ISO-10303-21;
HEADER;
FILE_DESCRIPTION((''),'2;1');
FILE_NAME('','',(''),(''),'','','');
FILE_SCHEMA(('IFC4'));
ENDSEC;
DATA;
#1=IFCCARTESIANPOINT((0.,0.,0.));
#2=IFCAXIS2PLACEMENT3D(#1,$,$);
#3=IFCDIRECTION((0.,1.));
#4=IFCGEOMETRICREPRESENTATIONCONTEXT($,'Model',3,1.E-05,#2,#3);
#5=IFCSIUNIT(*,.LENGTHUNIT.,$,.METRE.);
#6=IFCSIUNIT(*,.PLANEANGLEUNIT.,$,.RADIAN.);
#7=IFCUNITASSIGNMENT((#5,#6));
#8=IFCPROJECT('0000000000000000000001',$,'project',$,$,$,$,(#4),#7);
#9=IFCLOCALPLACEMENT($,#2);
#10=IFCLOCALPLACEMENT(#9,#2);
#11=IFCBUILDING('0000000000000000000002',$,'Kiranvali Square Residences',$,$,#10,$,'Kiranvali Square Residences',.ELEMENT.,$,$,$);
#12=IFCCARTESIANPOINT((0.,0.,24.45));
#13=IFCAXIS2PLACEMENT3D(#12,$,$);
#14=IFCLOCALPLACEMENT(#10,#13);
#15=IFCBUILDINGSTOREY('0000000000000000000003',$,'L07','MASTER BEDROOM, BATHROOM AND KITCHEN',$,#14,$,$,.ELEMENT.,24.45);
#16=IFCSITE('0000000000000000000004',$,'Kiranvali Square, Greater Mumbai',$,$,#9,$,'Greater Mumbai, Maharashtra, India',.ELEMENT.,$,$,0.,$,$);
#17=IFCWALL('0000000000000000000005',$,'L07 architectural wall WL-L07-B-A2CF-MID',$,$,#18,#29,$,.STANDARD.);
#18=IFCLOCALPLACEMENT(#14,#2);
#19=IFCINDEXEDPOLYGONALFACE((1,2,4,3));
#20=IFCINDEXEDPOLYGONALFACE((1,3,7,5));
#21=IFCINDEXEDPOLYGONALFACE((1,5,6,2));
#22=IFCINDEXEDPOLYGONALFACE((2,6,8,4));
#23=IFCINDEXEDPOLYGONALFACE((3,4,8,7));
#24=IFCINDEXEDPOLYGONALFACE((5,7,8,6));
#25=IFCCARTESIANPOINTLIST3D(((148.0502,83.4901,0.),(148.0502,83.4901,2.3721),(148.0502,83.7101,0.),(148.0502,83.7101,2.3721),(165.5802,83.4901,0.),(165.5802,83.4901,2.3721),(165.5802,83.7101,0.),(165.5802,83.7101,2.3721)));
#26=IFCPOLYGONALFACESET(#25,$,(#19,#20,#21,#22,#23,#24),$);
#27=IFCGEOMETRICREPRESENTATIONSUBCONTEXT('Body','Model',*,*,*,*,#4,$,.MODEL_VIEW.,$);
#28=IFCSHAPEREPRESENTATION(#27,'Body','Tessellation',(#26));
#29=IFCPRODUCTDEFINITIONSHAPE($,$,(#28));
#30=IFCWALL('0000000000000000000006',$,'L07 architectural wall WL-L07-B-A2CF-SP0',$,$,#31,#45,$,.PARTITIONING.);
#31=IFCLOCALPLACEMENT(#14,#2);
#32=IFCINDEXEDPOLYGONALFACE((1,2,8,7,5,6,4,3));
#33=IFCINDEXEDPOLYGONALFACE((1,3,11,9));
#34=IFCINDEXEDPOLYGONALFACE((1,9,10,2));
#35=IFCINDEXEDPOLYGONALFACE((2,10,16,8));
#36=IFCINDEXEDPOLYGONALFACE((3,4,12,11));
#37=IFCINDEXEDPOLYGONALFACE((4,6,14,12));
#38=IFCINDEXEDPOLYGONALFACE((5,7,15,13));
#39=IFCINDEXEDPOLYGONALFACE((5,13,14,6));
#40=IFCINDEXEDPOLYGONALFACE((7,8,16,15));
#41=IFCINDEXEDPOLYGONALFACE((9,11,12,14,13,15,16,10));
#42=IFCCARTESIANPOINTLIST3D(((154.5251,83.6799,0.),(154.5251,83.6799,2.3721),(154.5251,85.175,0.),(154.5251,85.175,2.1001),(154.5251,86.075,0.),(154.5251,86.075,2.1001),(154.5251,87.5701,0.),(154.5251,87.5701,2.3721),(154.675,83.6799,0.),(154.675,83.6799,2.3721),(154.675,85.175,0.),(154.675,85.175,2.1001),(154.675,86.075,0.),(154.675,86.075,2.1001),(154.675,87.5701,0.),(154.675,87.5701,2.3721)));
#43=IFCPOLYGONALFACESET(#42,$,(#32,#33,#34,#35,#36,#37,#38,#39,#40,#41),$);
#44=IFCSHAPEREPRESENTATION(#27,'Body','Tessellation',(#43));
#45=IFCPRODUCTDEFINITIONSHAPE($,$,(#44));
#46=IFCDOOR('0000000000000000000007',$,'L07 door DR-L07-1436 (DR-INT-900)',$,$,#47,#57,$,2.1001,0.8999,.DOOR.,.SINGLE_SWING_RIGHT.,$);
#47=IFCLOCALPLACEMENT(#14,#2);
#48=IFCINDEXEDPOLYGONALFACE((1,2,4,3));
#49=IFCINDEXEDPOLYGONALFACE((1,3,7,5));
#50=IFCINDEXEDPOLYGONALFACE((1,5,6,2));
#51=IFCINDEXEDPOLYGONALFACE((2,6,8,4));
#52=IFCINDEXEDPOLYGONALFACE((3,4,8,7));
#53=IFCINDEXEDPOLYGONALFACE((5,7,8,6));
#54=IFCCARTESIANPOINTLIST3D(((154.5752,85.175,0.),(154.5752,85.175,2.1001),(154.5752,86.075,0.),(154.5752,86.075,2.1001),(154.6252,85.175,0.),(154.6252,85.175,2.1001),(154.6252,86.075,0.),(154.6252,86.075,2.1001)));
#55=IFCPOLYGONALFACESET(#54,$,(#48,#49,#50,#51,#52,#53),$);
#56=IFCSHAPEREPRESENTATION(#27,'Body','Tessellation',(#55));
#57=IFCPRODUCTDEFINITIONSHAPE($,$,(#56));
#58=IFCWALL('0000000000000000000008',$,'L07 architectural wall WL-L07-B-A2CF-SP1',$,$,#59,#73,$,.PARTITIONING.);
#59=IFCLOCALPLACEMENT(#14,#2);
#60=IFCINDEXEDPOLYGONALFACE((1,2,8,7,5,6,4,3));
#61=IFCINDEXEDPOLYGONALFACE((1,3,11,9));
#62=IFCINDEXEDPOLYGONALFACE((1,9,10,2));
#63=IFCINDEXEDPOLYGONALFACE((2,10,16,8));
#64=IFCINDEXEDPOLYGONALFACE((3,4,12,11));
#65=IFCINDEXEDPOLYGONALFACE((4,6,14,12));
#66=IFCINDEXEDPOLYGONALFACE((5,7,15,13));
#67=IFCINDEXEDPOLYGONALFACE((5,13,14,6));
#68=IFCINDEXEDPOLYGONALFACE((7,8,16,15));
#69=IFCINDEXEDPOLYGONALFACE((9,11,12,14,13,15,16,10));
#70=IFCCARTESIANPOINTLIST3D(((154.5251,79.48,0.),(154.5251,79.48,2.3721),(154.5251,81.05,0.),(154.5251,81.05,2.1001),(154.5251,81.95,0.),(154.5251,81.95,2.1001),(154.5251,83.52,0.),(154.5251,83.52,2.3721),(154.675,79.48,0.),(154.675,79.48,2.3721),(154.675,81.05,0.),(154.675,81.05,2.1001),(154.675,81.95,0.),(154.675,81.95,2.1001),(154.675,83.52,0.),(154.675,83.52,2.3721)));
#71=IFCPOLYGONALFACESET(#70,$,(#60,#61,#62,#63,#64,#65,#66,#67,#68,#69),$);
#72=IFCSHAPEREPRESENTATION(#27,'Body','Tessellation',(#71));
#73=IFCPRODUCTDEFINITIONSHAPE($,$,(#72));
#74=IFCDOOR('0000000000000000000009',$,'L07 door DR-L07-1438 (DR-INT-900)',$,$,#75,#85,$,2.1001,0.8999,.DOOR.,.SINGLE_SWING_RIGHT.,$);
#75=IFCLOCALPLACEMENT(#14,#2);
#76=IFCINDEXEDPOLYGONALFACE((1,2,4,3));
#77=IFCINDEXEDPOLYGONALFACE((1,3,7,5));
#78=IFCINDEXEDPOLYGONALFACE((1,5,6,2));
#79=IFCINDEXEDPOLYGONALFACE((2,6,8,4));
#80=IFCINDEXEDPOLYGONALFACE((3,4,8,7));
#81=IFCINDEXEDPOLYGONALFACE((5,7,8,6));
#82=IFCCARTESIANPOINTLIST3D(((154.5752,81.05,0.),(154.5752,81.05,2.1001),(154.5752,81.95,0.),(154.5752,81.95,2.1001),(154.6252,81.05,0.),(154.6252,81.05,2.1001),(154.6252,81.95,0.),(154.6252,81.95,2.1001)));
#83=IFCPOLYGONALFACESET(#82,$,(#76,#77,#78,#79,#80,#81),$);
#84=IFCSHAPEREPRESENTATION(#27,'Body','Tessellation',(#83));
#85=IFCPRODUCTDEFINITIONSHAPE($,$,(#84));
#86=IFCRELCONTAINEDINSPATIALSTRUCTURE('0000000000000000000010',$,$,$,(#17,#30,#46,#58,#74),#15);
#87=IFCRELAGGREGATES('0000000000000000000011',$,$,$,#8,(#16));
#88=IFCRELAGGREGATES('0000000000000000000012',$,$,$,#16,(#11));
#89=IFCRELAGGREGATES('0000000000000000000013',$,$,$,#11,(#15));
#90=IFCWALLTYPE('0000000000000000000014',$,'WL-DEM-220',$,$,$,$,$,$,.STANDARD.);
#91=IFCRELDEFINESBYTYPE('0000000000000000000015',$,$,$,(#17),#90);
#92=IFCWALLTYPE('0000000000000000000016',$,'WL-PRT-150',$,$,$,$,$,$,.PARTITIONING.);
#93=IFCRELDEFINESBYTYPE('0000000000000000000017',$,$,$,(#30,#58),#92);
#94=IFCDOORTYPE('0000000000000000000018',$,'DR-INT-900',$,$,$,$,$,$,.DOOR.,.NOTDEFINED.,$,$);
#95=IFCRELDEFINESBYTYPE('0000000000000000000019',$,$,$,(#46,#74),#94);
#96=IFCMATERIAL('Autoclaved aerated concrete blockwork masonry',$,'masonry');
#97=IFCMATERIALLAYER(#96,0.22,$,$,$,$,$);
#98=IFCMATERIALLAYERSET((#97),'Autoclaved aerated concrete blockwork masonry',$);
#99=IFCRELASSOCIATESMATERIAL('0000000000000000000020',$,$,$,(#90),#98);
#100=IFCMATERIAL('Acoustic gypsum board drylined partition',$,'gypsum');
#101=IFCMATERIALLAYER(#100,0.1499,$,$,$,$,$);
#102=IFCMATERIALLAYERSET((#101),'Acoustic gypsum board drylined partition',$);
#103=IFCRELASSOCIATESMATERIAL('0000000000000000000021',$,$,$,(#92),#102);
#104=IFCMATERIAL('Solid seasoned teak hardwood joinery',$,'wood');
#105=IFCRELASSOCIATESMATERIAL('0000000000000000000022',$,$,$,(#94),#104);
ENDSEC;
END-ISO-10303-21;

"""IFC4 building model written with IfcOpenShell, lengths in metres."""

from ifc_helpers import new_model, si_unit, direction, frame, frame_2d, origin, place, context, subcontext, project, spatial, rectangle, extrude, material, layer, layer_set, type_object, element, fill, save


model = new_model("IFC4")

# Units and contexts
model_context = context("Model", 3, precision=1e-05, world=origin(), true_north=direction((0.0, 1.0)))
body_context = subcontext(model_context, "Body", "Model", "MODEL_VIEW")
ifc_project = project(units=[si_unit("LENGTHUNIT", "METRE"), si_unit("PLANEANGLEUNIT", "RADIAN")], contexts=[model_context])

# Site, building, storey
site_placement = place(None, origin())
site = spatial("IfcSite", under=ifc_project, at=site_placement, Name="Kiranvali Square, Greater Mumbai", LongName="Greater Mumbai, Maharashtra, India", CompositionType="ELEMENT", RefElevation=0.0)
building_placement = place(site_placement, origin())
building = spatial("IfcBuilding", under=site, at=building_placement, Name="Kiranvali Square Residences", LongName="Kiranvali Square Residences", CompositionType="ELEMENT")
storey_placement = place(building_placement, frame((0.0, 0.0, 24.45)))
storey = spatial("IfcBuildingStorey", under=building, at=storey_placement, Name="L07", Description="MASTER BEDROOM, BATHROOM AND KITCHEN", CompositionType="ELEMENT", Elevation=24.45)

# Wall
ifc_material_1 = material(Name="Autoclaved aerated concrete blockwork masonry", Category="masonry")
ifc_layer_1 = layer(ifc_material_1, 0.22)
ifc_layer_set_1 = layer_set([ifc_layer_1], Name="Autoclaved aerated concrete blockwork masonry")
wall_type_1 = type_object("IfcWallType", Name="WL-DEM-220", PredefinedType="STANDARD", material=ifc_layer_set_1)
wall_1_placement = place(storey_placement, frame((148.05, 83.6001, 0.0), z_axis=(0.0, 0.0, 1.0), x_axis=(1.0, 0.0, 0.0)))
element("IfcWall", 1, at=wall_1_placement, inside=storey, type_object=wall_type_1, Name="L07 architectural wall WL-L07-B-A2CF-MID", PredefinedType="STANDARD", context=body_context, shape_type="SweptSolid", body=[
    extrude(rectangle(XDim=17.53, YDim=0.22, at=frame_2d((8.7651, 0.0))), origin(), (0.0, 0.0, 1.0), 2.3721),
])

# Walls, openings, doors
ifc_material_2 = material(Name="Acoustic gypsum board drylined partition", Category="gypsum")
ifc_layer_2 = layer(ifc_material_2, 0.1499)
ifc_layer_set_2 = layer_set([ifc_layer_2], Name="Acoustic gypsum board drylined partition")
wall_type_2 = type_object("IfcWallType", Name="WL-PRT-150", PredefinedType="PARTITIONING", material=ifc_layer_set_2)
wall_2_placement = place(storey_placement, frame((154.6001, 87.5701, 0.0), z_axis=(0.0, 0.0, 1.0), x_axis=(0.0, -1.0, 0.0)))
wall_2 = element("IfcWall", 2, at=wall_2_placement, inside=storey, type_object=wall_type_2, Name="L07 architectural wall WL-L07-B-A2CF-SP0", PredefinedType="PARTITIONING", context=body_context, shape_type="SweptSolid", body=[
    extrude(rectangle(XDim=3.8901, YDim=0.1499, at=frame_2d((1.9451, 0.0))), origin(), (0.0, 0.0, 1.0), 2.3721),
])
opening_1_placement = place(wall_2_placement, frame((1.4951, 0.0, 0.0)))
opening_1 = element("IfcOpeningElement", 3, at=opening_1_placement, cuts=wall_2, PredefinedType="OPENING", context=body_context, shape_type="SweptSolid", body=[
    extrude(rectangle(XDim=0.8999, YDim=2.1001, at=frame_2d((0.45, 1.05))), frame((0.0, 0.085, 0.0), z_axis=(0.0, -1.0, 0.0), x_axis=(1.0, 0.0, 0.0)), (0.0, 0.0, 1.0), 0.1699),
])
ifc_material_3 = material(Name="Solid seasoned teak hardwood joinery", Category="wood")
door_type = type_object("IfcDoorType", Name="DR-INT-900", OperationType="NOTDEFINED", PredefinedType="DOOR", material=ifc_material_3)
door_1_placement = place(opening_1_placement, frame((0.8999, 0.0, 0.0), z_axis=(0.0, 0.0, 1.0), x_axis=(-1.0, 0.0, 0.0)))
door_1 = element("IfcDoor", 4, at=door_1_placement, inside=storey, type_object=door_type, Name="L07 door DR-L07-1436 (DR-INT-900)", OperationType="SINGLE_SWING_RIGHT", OverallHeight=2.1001, OverallWidth=0.8999, PredefinedType="DOOR", context=body_context, shape_type="SweptSolid", body=[
    extrude(rectangle(XDim=0.8999, YDim=2.1001, at=frame_2d((0.45, 1.05))), frame((0.0, 0.0249, 0.0), z_axis=(0.0, -1.0, 0.0), x_axis=(1.0, 0.0, 0.0)), (0.0, 0.0, 1.0), 0.05),
])
fill(opening_1, door_1)
wall_3_placement = place(storey_placement, frame((154.6001, 83.52, 0.0), z_axis=(0.0, 0.0, 1.0), x_axis=(0.0, -1.0, 0.0)))
wall_3 = element("IfcWall", 5, at=wall_3_placement, inside=storey, type_object=wall_type_2, Name="L07 architectural wall WL-L07-B-A2CF-SP1", PredefinedType="PARTITIONING", context=body_context, shape_type="SweptSolid", body=[
    extrude(rectangle(XDim=4.04, YDim=0.1499, at=frame_2d((2.02, 0.0))), origin(), (0.0, 0.0, 1.0), 2.3721),
])
opening_2_placement = place(wall_3_placement, frame((1.5701, 0.0, 0.0)))
opening_2 = element("IfcOpeningElement", 6, at=opening_2_placement, cuts=wall_3, PredefinedType="OPENING", context=body_context, shape_type="SweptSolid", body=[
    extrude(rectangle(XDim=0.8999, YDim=2.1001, at=frame_2d((0.45, 1.05))), frame((0.0, 0.085, 0.0), z_axis=(0.0, -1.0, 0.0), x_axis=(1.0, 0.0, 0.0)), (0.0, 0.0, 1.0), 0.1699),
])
door_2_placement = place(opening_2_placement, frame((0.8999, 0.0, 0.0), z_axis=(0.0, 0.0, 1.0), x_axis=(-1.0, 0.0, 0.0)))
door_2 = element("IfcDoor", 7, at=door_2_placement, inside=storey, type_object=door_type, Name="L07 door DR-L07-1438 (DR-INT-900)", OperationType="SINGLE_SWING_RIGHT", OverallHeight=2.1001, OverallWidth=0.8999, PredefinedType="DOOR", context=body_context, shape_type="SweptSolid", body=[
    extrude(rectangle(XDim=0.8999, YDim=2.1001, at=frame_2d((0.45, 1.05))), frame((0.0, 0.0249, 0.0), z_axis=(0.0, -1.0, 0.0), x_axis=(1.0, 0.0, 0.0)), (0.0, 0.0, 1.0), 0.05),
])
fill(opening_2, door_2)

save(model, "model.ifc")
